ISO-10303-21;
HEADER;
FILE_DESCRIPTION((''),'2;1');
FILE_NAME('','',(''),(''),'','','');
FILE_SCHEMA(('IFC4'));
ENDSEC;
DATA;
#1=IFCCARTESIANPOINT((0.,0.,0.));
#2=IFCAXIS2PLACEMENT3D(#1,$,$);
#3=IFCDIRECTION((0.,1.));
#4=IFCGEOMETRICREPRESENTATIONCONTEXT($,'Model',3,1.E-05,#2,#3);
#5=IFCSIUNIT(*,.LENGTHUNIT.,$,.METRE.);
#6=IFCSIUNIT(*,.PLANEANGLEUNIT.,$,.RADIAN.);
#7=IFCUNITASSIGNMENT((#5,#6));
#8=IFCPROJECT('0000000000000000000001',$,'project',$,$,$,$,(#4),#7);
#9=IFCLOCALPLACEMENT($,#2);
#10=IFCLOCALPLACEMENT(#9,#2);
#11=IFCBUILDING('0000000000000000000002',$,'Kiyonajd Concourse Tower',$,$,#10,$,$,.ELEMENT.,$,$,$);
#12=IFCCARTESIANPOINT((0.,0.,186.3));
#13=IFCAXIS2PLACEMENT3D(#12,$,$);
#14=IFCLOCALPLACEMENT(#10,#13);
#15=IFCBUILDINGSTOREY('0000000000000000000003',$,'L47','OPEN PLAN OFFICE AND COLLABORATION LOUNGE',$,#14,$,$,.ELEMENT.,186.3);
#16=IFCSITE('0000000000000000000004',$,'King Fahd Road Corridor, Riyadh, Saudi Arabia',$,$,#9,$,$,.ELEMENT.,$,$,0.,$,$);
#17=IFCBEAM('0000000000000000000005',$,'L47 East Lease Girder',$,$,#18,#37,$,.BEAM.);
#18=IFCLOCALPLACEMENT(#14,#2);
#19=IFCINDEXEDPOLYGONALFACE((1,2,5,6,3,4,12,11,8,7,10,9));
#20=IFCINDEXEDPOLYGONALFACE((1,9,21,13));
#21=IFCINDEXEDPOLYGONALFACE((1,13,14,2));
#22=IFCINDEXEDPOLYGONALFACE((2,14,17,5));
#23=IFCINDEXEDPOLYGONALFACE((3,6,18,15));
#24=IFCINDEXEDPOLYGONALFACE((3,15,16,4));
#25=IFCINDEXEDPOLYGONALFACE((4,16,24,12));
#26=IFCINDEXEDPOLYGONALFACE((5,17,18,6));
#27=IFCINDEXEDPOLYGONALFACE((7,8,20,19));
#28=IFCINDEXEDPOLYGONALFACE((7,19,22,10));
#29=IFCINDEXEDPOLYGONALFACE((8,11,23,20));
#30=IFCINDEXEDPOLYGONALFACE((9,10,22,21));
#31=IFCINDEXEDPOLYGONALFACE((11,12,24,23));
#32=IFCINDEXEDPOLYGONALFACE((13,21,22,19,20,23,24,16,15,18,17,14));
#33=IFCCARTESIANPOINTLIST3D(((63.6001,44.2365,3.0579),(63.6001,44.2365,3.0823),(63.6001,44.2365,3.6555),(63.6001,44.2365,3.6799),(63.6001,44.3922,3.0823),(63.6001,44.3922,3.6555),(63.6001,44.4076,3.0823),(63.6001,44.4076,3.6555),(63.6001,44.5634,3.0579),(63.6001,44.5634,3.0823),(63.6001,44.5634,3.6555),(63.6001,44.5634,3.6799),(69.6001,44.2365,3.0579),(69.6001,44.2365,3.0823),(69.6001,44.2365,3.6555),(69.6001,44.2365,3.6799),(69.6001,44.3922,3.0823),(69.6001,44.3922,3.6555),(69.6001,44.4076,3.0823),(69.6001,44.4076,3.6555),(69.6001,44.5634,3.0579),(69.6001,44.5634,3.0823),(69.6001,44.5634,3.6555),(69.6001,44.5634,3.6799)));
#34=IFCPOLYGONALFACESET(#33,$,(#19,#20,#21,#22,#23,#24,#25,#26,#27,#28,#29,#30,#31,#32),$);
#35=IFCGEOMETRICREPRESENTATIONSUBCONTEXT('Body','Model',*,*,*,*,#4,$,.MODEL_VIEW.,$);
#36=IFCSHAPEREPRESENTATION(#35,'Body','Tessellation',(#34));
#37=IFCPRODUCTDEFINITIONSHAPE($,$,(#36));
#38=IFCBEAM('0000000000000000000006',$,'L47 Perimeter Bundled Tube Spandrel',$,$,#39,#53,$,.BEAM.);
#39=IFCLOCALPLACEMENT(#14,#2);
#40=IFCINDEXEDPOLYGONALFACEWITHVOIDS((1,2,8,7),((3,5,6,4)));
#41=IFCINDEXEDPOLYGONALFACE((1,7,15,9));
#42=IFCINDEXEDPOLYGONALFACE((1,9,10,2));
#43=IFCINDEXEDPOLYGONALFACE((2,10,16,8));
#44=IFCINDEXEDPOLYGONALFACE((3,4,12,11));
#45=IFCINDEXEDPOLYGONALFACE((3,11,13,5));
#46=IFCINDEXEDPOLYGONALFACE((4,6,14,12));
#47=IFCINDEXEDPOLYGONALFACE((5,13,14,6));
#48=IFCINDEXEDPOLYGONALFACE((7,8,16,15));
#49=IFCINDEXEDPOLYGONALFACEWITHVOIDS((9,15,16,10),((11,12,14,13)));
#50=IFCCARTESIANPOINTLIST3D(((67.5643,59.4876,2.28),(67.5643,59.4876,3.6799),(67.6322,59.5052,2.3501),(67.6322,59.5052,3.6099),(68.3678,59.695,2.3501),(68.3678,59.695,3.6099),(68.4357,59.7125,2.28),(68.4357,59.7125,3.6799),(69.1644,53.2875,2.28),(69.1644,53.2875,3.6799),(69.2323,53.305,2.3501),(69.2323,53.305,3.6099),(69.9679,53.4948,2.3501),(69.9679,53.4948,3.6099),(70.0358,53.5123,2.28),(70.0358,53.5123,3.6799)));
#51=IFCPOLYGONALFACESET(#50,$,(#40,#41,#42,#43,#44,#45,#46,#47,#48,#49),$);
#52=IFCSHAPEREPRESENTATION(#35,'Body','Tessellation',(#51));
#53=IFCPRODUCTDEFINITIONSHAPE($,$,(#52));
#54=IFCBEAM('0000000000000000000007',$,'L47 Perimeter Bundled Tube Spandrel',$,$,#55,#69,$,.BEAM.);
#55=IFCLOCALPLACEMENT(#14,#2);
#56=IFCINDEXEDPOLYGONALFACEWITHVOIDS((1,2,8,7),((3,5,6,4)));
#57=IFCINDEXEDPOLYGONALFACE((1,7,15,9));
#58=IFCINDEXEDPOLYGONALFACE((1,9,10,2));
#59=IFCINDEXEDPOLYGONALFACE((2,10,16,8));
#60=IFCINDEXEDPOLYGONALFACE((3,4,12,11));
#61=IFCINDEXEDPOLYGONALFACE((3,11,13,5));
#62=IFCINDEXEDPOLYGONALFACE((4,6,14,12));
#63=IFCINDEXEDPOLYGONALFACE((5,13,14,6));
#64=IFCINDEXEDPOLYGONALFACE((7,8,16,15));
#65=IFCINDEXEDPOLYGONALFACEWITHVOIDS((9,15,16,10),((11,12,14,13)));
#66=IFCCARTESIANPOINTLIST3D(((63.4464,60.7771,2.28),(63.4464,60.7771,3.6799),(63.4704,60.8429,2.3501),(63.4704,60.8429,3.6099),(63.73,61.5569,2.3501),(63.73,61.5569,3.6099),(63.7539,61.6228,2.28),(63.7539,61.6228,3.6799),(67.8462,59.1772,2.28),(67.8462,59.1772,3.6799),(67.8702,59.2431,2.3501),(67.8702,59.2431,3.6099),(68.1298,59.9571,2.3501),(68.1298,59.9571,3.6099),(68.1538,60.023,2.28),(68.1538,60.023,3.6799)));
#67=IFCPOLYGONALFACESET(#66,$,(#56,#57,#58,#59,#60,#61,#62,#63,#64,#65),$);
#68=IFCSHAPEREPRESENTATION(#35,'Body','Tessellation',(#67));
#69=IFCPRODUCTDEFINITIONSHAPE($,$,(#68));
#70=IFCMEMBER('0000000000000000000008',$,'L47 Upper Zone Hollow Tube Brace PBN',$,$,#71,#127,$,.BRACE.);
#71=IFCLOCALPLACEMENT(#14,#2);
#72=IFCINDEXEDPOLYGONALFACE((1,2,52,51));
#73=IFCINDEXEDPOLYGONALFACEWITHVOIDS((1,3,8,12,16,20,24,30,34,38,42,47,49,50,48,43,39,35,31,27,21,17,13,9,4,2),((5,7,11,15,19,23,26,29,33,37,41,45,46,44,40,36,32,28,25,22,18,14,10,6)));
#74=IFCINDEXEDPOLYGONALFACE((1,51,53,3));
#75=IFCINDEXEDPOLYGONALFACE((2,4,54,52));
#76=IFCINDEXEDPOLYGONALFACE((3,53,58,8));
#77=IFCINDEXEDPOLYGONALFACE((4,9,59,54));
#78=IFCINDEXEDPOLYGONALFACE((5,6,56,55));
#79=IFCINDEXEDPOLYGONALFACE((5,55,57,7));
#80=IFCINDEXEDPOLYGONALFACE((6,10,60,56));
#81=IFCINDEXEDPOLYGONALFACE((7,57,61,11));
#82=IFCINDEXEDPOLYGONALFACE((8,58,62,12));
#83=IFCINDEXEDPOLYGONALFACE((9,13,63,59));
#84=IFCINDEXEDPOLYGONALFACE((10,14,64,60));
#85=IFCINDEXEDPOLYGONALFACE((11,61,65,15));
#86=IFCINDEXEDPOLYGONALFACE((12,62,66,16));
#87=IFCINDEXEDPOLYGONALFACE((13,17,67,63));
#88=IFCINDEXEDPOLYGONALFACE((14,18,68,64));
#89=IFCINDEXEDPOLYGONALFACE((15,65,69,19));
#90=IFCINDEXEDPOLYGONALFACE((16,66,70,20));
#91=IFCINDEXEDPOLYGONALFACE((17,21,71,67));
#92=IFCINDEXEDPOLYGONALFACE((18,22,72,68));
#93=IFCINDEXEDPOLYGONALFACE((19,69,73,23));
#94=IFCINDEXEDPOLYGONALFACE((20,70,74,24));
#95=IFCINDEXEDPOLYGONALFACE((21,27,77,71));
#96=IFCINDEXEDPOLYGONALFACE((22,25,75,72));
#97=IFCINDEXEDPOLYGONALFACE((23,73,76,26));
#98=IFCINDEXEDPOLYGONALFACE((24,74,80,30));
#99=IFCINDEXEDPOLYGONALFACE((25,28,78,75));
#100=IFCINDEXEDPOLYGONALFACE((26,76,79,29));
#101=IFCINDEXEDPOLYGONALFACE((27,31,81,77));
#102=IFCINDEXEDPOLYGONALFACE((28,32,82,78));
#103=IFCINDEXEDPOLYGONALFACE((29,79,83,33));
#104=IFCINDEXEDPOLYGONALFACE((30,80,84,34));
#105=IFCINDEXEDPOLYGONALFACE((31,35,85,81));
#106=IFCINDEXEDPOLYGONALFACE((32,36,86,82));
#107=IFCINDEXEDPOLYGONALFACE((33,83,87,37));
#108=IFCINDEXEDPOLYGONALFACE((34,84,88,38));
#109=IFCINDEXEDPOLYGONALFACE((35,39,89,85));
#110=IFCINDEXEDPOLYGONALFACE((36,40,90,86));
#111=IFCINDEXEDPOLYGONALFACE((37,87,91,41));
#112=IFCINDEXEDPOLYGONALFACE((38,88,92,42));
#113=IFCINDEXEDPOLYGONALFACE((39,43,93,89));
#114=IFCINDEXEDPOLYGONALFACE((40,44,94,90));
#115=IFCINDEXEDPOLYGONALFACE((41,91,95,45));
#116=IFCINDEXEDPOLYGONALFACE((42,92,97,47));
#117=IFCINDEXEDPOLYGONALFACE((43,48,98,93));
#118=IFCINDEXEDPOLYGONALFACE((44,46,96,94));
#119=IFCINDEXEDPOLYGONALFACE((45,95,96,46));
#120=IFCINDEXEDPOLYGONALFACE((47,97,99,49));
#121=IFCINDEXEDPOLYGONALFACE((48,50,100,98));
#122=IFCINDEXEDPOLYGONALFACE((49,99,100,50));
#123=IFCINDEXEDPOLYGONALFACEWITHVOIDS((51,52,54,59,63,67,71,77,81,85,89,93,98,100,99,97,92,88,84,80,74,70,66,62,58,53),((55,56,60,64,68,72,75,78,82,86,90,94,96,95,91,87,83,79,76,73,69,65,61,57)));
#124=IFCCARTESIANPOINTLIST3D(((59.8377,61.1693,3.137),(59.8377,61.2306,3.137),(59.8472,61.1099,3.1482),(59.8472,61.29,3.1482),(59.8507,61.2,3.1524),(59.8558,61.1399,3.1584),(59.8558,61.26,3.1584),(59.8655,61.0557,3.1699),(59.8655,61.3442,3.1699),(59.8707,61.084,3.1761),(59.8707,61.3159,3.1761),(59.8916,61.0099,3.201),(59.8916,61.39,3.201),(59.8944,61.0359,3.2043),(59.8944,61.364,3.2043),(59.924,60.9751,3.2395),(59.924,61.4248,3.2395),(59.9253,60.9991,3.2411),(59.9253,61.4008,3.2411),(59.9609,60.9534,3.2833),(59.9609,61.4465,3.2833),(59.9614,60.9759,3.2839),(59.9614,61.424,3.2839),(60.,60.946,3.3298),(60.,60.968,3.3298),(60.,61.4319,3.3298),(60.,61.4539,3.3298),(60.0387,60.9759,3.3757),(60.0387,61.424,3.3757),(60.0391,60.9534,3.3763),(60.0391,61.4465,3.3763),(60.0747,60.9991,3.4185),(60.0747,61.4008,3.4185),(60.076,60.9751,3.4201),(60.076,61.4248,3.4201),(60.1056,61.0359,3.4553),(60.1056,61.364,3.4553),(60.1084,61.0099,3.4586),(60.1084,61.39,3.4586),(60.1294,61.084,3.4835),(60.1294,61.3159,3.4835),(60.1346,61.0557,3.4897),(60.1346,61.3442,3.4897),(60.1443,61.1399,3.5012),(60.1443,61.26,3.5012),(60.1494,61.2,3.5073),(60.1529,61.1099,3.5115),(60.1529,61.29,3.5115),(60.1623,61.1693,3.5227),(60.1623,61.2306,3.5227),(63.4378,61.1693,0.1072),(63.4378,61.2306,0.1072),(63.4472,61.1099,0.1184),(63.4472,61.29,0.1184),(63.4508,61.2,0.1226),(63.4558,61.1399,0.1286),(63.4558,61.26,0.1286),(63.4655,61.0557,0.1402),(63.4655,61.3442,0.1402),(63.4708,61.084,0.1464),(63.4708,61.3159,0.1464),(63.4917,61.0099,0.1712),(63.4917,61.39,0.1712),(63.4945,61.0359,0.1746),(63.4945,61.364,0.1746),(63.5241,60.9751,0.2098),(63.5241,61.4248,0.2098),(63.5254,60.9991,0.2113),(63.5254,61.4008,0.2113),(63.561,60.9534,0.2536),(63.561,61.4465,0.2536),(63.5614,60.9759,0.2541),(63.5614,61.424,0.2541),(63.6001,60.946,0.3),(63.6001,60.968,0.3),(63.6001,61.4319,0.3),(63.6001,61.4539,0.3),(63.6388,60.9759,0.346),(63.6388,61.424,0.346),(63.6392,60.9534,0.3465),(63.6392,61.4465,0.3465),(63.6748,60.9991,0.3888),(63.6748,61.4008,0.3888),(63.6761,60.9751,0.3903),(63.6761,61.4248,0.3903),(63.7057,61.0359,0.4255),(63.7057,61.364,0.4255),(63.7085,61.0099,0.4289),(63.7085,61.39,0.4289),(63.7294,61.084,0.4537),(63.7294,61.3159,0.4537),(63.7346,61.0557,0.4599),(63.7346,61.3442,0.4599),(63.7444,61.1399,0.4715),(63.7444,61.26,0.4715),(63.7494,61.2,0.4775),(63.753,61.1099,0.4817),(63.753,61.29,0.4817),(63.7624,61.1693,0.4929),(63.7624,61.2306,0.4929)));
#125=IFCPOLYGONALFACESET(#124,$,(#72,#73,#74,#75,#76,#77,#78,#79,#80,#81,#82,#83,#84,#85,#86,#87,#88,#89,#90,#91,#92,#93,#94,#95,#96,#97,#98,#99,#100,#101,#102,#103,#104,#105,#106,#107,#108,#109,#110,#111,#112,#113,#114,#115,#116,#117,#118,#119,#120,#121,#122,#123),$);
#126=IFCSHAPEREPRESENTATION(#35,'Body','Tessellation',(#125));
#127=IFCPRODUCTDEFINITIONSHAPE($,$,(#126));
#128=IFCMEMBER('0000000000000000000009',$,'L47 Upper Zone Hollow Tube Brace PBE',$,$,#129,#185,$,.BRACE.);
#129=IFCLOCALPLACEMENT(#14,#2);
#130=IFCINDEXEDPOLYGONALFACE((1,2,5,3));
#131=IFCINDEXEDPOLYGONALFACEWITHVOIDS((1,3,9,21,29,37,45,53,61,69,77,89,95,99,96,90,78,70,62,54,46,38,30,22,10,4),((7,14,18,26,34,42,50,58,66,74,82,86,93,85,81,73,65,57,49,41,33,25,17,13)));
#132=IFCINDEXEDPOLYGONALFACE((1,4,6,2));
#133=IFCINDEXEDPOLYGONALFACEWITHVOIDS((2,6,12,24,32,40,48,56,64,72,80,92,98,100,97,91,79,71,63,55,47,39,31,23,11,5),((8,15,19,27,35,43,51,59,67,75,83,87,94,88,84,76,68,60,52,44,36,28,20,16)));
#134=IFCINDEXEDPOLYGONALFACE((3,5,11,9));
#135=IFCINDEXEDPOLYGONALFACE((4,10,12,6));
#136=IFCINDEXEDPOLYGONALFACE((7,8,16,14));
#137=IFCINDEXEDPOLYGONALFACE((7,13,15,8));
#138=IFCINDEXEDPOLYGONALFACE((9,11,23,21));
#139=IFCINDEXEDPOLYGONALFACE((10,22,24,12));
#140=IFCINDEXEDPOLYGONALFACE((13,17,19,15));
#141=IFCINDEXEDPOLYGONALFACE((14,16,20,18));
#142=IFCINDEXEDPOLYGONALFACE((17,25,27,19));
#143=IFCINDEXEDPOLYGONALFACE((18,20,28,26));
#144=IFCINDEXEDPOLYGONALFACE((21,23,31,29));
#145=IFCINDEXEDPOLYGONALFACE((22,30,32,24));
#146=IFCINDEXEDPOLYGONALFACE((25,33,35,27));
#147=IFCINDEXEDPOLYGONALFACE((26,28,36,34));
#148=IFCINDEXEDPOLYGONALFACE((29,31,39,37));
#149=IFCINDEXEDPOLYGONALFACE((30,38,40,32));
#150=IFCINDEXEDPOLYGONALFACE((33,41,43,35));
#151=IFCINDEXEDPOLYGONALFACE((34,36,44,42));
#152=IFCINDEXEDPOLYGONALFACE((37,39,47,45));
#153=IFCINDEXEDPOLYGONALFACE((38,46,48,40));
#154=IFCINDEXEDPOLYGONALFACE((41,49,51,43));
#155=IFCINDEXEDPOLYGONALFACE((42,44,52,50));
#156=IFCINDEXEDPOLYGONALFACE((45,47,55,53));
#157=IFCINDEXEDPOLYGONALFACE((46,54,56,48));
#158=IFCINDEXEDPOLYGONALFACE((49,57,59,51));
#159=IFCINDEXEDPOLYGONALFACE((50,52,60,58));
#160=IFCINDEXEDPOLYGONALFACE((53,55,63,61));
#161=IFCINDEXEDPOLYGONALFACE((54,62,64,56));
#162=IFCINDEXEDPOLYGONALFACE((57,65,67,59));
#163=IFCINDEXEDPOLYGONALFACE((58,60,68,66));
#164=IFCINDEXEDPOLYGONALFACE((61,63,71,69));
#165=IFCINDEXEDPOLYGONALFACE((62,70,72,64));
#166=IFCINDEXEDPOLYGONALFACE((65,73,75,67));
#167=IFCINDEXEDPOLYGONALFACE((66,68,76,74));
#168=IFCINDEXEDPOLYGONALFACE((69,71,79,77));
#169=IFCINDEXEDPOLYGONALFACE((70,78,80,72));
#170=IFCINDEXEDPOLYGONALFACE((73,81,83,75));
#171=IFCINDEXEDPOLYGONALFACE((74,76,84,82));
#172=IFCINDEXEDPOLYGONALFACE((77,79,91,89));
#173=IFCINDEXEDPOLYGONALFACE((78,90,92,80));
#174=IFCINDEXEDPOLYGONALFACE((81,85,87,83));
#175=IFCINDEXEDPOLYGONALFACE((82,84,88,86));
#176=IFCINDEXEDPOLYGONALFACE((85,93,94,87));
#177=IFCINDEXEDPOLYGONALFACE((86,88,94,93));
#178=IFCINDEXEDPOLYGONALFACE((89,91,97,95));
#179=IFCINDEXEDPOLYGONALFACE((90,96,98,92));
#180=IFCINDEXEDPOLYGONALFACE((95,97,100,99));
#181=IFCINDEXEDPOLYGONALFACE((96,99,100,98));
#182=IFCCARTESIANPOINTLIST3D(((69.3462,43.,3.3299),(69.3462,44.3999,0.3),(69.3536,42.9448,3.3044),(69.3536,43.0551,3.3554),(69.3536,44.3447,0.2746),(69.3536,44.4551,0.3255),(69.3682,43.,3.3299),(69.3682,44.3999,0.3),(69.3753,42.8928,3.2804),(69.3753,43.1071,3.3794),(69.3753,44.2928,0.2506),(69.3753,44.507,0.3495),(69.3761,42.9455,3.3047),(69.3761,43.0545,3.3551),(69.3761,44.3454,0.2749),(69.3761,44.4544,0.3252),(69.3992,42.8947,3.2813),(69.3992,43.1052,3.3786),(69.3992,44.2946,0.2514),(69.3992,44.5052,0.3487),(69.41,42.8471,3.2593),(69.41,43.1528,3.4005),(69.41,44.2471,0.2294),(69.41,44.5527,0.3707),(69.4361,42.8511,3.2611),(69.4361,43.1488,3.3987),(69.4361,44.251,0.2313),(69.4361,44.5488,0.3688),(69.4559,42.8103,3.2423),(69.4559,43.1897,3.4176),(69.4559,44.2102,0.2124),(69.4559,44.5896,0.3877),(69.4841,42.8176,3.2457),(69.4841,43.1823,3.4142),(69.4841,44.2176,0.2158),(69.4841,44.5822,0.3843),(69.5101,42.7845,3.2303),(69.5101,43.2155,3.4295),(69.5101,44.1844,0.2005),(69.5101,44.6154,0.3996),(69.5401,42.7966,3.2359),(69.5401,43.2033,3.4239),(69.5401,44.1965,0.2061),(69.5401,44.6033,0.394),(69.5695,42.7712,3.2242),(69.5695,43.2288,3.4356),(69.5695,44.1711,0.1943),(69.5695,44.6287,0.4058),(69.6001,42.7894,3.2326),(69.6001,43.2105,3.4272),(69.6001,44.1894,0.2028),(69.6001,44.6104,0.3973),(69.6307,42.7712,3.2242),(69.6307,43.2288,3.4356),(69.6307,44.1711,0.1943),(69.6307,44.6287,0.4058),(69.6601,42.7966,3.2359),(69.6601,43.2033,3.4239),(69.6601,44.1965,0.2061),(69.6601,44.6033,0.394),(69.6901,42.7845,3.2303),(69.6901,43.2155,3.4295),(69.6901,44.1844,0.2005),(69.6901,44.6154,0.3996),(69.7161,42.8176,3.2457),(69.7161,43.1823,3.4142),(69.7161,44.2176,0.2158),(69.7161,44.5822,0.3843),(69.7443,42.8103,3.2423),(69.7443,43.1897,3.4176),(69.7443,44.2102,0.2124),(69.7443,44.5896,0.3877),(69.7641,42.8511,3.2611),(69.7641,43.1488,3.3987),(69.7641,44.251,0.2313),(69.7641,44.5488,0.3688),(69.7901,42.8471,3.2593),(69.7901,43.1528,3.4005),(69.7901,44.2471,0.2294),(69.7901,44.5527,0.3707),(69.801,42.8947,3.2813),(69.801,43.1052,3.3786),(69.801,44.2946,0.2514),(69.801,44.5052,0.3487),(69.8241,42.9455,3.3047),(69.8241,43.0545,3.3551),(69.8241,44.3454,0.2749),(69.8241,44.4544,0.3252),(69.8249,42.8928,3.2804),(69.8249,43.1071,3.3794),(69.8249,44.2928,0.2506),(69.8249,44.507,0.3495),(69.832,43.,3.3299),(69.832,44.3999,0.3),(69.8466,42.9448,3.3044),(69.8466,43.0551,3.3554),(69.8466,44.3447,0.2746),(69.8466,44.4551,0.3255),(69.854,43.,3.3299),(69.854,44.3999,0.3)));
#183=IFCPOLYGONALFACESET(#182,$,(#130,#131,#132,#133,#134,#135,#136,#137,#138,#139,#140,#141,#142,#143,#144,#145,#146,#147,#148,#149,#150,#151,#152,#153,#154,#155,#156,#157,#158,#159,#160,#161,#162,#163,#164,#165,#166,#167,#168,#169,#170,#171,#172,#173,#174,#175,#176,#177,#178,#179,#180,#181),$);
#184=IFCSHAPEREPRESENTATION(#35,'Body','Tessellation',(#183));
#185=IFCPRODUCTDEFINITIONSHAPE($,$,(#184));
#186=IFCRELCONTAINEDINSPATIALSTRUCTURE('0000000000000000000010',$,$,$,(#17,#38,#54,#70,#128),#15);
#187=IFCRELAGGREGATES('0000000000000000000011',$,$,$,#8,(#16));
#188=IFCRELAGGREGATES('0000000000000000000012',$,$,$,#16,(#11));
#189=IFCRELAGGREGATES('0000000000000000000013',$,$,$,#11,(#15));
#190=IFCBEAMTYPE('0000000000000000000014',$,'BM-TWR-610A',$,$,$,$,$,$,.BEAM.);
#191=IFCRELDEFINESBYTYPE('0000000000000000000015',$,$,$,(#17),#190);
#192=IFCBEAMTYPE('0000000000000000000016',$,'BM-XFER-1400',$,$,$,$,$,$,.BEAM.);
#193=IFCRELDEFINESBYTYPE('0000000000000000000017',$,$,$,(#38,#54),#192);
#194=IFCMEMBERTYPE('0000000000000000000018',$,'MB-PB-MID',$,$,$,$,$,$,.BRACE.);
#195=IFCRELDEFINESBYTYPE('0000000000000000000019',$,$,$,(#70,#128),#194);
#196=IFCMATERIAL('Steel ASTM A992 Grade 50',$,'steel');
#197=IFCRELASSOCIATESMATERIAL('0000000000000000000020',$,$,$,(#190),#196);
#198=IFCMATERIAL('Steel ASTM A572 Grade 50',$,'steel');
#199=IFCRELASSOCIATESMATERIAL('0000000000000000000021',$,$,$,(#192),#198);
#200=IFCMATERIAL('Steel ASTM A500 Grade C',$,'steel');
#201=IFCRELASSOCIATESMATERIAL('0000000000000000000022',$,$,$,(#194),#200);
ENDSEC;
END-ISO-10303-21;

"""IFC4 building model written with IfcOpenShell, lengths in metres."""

from ifc_helpers import new_model, si_unit, direction, frame, origin, origin_2d, place, context, subcontext, project, spatial, hollow_rectangle, hollow_circle, i_section, extrude, material, material_profile, profile_set, type_object, element, save


model = new_model("IFC4")

# Units and contexts
model_context = context("Model", 3, precision=1e-05, world=origin(), true_north=direction((0.0, 1.0)))
body_context = subcontext(model_context, "Body", "Model", "MODEL_VIEW")
ifc_project = project(units=[si_unit("LENGTHUNIT", "METRE"), si_unit("PLANEANGLEUNIT", "RADIAN")], contexts=[model_context])

# Site, building, storey
site_placement = place(None, origin())
site = spatial("IfcSite", under=ifc_project, at=site_placement, Name="King Fahd Road Corridor, Riyadh, Saudi Arabia", CompositionType="ELEMENT", RefElevation=0.0)
building_placement = place(site_placement, origin())
building = spatial("IfcBuilding", under=site, at=building_placement, Name="Kiyonajd Concourse Tower", CompositionType="ELEMENT")
storey_placement = place(building_placement, frame((0.0, 0.0, 186.3)))
storey = spatial("IfcBuildingStorey", under=building, at=storey_placement, Name="L47", Description="OPEN PLAN OFFICE AND COLLABORATION LOUNGE", CompositionType="ELEMENT", Elevation=186.3)

# Beams
ifc_material_1 = material(Name="Steel ASTM A992 Grade 50", Category="steel")
ifc_material_profile_1 = material_profile(ifc_material_1, i_section(OverallWidth=0.3269, OverallDepth=0.6221, WebThickness=0.0154, FlangeThickness=0.0244, at=origin_2d()), Name="W610X195")
ifc_profile_set_1 = profile_set([ifc_material_profile_1], Name="Steel ASTM A992 Grade 50")
beam_type_1 = type_object("IfcBeamType", Name="BM-TWR-610A", PredefinedType="BEAM", material=ifc_profile_set_1)
beam_1_placement = place(storey_placement, frame((63.6001, 44.3999, 3.3689), z_axis=(1.0, 0.0, 0.0), x_axis=(0.0, 1.0, 0.0)))
element("IfcBeam", 1, at=beam_1_placement, inside=storey, type_object=beam_type_1, Name="L47 East Lease Girder", PredefinedType="BEAM", context=body_context, shape_type="SweptSolid", body=[
    extrude(i_section(OverallWidth=0.3269, OverallDepth=0.6221, WebThickness=0.0154, FlangeThickness=0.0244, at=origin_2d()), origin(), (0.0, 0.0, 1.0), 6.0),
])
ifc_material_2 = material(Name="Steel ASTM A572 Grade 50", Category="steel")
ifc_material_profile_2 = material_profile(ifc_material_2, hollow_rectangle(XDim=0.8999, YDim=1.3999, WallThickness=0.0701, at=origin_2d()), Name="BOX-1400x900x70")
ifc_profile_set_2 = profile_set([ifc_material_profile_2], Name="Steel ASTM A572 Grade 50")
beam_type_2 = type_object("IfcBeamType", Name="BM-XFER-1400", PredefinedType="BEAM", material=ifc_profile_set_2)
beam_2_placement = place(storey_placement, frame((69.6001, 53.3999, 2.98), z_axis=(-0.249885, 0.968276, 0.0), x_axis=(-0.968276, -0.249885, 0.0)))
element("IfcBeam", 2, at=beam_2_placement, inside=storey, type_object=beam_type_2, Name="L47 Perimeter Bundled Tube Spandrel", PredefinedType="BEAM", context=body_context, shape_type="SweptSolid", body=[
    extrude(hollow_rectangle(XDim=0.8999, YDim=1.3999, WallThickness=0.0701, at=origin_2d()), origin(), (0.0, 0.0, 1.0), 6.4033),
])
beam_3_placement = place(storey_placement, frame((68.0, 59.6001, 2.98), z_axis=(-0.939801, 0.341722, 0.0), x_axis=(-0.341722, -0.939801, 0.0)))
element("IfcBeam", 3, at=beam_3_placement, inside=storey, type_object=beam_type_2, Name="L47 Perimeter Bundled Tube Spandrel", PredefinedType="BEAM", context=body_context, shape_type="SweptSolid", body=[
    extrude(hollow_rectangle(XDim=0.8999, YDim=1.3999, WallThickness=0.0701, at=origin_2d()), origin(), (0.0, 0.0, 1.0), 4.6816),
])

# Members
ifc_material_3 = material(Name="Steel ASTM A500 Grade C", Category="steel")
ifc_material_profile_3 = material_profile(ifc_material_3, hollow_circle(Radius=0.2539, WallThickness=0.022, at=origin_2d()), Name="CHS-508x22")
ifc_profile_set_3 = profile_set([ifc_material_profile_3], Name="Steel ASTM A500 Grade C")
member_type = type_object("IfcMemberType", Name="MB-PB-MID", PredefinedType="BRACE", material=ifc_profile_set_3)
member_1_placement = place(storey_placement, frame((63.6001, 61.2, 0.3), z_axis=(-0.765108, 0.0, 0.643902), x_axis=(0.0, -1.0, 0.0)))
element("IfcMember", 4, at=member_1_placement, inside=storey, type_object=member_type, Name="L47 Upper Zone Hollow Tube Brace PBN", PredefinedType="BRACE", context=body_context, shape_type="SweptSolid", body=[
    extrude(hollow_circle(Radius=0.2539, WallThickness=0.022, at=origin_2d()), origin(), (0.0, 0.0, 1.0), 4.7053),
])
member_2_placement = place(storey_placement, frame((69.6001, 44.3999, 0.3), z_axis=(0.0, -0.419439, 0.907784), x_axis=(1.0, 0.0, 0.0)))
element("IfcMember", 5, at=member_2_placement, inside=storey, type_object=member_type, Name="L47 Upper Zone Hollow Tube Brace PBE", PredefinedType="BRACE", context=body_context, shape_type="SweptSolid", body=[
    extrude(hollow_circle(Radius=0.2539, WallThickness=0.022, at=origin_2d()), origin(), (0.0, 0.0, 1.0), 3.3376),
])

save(model, "model.ifc")
